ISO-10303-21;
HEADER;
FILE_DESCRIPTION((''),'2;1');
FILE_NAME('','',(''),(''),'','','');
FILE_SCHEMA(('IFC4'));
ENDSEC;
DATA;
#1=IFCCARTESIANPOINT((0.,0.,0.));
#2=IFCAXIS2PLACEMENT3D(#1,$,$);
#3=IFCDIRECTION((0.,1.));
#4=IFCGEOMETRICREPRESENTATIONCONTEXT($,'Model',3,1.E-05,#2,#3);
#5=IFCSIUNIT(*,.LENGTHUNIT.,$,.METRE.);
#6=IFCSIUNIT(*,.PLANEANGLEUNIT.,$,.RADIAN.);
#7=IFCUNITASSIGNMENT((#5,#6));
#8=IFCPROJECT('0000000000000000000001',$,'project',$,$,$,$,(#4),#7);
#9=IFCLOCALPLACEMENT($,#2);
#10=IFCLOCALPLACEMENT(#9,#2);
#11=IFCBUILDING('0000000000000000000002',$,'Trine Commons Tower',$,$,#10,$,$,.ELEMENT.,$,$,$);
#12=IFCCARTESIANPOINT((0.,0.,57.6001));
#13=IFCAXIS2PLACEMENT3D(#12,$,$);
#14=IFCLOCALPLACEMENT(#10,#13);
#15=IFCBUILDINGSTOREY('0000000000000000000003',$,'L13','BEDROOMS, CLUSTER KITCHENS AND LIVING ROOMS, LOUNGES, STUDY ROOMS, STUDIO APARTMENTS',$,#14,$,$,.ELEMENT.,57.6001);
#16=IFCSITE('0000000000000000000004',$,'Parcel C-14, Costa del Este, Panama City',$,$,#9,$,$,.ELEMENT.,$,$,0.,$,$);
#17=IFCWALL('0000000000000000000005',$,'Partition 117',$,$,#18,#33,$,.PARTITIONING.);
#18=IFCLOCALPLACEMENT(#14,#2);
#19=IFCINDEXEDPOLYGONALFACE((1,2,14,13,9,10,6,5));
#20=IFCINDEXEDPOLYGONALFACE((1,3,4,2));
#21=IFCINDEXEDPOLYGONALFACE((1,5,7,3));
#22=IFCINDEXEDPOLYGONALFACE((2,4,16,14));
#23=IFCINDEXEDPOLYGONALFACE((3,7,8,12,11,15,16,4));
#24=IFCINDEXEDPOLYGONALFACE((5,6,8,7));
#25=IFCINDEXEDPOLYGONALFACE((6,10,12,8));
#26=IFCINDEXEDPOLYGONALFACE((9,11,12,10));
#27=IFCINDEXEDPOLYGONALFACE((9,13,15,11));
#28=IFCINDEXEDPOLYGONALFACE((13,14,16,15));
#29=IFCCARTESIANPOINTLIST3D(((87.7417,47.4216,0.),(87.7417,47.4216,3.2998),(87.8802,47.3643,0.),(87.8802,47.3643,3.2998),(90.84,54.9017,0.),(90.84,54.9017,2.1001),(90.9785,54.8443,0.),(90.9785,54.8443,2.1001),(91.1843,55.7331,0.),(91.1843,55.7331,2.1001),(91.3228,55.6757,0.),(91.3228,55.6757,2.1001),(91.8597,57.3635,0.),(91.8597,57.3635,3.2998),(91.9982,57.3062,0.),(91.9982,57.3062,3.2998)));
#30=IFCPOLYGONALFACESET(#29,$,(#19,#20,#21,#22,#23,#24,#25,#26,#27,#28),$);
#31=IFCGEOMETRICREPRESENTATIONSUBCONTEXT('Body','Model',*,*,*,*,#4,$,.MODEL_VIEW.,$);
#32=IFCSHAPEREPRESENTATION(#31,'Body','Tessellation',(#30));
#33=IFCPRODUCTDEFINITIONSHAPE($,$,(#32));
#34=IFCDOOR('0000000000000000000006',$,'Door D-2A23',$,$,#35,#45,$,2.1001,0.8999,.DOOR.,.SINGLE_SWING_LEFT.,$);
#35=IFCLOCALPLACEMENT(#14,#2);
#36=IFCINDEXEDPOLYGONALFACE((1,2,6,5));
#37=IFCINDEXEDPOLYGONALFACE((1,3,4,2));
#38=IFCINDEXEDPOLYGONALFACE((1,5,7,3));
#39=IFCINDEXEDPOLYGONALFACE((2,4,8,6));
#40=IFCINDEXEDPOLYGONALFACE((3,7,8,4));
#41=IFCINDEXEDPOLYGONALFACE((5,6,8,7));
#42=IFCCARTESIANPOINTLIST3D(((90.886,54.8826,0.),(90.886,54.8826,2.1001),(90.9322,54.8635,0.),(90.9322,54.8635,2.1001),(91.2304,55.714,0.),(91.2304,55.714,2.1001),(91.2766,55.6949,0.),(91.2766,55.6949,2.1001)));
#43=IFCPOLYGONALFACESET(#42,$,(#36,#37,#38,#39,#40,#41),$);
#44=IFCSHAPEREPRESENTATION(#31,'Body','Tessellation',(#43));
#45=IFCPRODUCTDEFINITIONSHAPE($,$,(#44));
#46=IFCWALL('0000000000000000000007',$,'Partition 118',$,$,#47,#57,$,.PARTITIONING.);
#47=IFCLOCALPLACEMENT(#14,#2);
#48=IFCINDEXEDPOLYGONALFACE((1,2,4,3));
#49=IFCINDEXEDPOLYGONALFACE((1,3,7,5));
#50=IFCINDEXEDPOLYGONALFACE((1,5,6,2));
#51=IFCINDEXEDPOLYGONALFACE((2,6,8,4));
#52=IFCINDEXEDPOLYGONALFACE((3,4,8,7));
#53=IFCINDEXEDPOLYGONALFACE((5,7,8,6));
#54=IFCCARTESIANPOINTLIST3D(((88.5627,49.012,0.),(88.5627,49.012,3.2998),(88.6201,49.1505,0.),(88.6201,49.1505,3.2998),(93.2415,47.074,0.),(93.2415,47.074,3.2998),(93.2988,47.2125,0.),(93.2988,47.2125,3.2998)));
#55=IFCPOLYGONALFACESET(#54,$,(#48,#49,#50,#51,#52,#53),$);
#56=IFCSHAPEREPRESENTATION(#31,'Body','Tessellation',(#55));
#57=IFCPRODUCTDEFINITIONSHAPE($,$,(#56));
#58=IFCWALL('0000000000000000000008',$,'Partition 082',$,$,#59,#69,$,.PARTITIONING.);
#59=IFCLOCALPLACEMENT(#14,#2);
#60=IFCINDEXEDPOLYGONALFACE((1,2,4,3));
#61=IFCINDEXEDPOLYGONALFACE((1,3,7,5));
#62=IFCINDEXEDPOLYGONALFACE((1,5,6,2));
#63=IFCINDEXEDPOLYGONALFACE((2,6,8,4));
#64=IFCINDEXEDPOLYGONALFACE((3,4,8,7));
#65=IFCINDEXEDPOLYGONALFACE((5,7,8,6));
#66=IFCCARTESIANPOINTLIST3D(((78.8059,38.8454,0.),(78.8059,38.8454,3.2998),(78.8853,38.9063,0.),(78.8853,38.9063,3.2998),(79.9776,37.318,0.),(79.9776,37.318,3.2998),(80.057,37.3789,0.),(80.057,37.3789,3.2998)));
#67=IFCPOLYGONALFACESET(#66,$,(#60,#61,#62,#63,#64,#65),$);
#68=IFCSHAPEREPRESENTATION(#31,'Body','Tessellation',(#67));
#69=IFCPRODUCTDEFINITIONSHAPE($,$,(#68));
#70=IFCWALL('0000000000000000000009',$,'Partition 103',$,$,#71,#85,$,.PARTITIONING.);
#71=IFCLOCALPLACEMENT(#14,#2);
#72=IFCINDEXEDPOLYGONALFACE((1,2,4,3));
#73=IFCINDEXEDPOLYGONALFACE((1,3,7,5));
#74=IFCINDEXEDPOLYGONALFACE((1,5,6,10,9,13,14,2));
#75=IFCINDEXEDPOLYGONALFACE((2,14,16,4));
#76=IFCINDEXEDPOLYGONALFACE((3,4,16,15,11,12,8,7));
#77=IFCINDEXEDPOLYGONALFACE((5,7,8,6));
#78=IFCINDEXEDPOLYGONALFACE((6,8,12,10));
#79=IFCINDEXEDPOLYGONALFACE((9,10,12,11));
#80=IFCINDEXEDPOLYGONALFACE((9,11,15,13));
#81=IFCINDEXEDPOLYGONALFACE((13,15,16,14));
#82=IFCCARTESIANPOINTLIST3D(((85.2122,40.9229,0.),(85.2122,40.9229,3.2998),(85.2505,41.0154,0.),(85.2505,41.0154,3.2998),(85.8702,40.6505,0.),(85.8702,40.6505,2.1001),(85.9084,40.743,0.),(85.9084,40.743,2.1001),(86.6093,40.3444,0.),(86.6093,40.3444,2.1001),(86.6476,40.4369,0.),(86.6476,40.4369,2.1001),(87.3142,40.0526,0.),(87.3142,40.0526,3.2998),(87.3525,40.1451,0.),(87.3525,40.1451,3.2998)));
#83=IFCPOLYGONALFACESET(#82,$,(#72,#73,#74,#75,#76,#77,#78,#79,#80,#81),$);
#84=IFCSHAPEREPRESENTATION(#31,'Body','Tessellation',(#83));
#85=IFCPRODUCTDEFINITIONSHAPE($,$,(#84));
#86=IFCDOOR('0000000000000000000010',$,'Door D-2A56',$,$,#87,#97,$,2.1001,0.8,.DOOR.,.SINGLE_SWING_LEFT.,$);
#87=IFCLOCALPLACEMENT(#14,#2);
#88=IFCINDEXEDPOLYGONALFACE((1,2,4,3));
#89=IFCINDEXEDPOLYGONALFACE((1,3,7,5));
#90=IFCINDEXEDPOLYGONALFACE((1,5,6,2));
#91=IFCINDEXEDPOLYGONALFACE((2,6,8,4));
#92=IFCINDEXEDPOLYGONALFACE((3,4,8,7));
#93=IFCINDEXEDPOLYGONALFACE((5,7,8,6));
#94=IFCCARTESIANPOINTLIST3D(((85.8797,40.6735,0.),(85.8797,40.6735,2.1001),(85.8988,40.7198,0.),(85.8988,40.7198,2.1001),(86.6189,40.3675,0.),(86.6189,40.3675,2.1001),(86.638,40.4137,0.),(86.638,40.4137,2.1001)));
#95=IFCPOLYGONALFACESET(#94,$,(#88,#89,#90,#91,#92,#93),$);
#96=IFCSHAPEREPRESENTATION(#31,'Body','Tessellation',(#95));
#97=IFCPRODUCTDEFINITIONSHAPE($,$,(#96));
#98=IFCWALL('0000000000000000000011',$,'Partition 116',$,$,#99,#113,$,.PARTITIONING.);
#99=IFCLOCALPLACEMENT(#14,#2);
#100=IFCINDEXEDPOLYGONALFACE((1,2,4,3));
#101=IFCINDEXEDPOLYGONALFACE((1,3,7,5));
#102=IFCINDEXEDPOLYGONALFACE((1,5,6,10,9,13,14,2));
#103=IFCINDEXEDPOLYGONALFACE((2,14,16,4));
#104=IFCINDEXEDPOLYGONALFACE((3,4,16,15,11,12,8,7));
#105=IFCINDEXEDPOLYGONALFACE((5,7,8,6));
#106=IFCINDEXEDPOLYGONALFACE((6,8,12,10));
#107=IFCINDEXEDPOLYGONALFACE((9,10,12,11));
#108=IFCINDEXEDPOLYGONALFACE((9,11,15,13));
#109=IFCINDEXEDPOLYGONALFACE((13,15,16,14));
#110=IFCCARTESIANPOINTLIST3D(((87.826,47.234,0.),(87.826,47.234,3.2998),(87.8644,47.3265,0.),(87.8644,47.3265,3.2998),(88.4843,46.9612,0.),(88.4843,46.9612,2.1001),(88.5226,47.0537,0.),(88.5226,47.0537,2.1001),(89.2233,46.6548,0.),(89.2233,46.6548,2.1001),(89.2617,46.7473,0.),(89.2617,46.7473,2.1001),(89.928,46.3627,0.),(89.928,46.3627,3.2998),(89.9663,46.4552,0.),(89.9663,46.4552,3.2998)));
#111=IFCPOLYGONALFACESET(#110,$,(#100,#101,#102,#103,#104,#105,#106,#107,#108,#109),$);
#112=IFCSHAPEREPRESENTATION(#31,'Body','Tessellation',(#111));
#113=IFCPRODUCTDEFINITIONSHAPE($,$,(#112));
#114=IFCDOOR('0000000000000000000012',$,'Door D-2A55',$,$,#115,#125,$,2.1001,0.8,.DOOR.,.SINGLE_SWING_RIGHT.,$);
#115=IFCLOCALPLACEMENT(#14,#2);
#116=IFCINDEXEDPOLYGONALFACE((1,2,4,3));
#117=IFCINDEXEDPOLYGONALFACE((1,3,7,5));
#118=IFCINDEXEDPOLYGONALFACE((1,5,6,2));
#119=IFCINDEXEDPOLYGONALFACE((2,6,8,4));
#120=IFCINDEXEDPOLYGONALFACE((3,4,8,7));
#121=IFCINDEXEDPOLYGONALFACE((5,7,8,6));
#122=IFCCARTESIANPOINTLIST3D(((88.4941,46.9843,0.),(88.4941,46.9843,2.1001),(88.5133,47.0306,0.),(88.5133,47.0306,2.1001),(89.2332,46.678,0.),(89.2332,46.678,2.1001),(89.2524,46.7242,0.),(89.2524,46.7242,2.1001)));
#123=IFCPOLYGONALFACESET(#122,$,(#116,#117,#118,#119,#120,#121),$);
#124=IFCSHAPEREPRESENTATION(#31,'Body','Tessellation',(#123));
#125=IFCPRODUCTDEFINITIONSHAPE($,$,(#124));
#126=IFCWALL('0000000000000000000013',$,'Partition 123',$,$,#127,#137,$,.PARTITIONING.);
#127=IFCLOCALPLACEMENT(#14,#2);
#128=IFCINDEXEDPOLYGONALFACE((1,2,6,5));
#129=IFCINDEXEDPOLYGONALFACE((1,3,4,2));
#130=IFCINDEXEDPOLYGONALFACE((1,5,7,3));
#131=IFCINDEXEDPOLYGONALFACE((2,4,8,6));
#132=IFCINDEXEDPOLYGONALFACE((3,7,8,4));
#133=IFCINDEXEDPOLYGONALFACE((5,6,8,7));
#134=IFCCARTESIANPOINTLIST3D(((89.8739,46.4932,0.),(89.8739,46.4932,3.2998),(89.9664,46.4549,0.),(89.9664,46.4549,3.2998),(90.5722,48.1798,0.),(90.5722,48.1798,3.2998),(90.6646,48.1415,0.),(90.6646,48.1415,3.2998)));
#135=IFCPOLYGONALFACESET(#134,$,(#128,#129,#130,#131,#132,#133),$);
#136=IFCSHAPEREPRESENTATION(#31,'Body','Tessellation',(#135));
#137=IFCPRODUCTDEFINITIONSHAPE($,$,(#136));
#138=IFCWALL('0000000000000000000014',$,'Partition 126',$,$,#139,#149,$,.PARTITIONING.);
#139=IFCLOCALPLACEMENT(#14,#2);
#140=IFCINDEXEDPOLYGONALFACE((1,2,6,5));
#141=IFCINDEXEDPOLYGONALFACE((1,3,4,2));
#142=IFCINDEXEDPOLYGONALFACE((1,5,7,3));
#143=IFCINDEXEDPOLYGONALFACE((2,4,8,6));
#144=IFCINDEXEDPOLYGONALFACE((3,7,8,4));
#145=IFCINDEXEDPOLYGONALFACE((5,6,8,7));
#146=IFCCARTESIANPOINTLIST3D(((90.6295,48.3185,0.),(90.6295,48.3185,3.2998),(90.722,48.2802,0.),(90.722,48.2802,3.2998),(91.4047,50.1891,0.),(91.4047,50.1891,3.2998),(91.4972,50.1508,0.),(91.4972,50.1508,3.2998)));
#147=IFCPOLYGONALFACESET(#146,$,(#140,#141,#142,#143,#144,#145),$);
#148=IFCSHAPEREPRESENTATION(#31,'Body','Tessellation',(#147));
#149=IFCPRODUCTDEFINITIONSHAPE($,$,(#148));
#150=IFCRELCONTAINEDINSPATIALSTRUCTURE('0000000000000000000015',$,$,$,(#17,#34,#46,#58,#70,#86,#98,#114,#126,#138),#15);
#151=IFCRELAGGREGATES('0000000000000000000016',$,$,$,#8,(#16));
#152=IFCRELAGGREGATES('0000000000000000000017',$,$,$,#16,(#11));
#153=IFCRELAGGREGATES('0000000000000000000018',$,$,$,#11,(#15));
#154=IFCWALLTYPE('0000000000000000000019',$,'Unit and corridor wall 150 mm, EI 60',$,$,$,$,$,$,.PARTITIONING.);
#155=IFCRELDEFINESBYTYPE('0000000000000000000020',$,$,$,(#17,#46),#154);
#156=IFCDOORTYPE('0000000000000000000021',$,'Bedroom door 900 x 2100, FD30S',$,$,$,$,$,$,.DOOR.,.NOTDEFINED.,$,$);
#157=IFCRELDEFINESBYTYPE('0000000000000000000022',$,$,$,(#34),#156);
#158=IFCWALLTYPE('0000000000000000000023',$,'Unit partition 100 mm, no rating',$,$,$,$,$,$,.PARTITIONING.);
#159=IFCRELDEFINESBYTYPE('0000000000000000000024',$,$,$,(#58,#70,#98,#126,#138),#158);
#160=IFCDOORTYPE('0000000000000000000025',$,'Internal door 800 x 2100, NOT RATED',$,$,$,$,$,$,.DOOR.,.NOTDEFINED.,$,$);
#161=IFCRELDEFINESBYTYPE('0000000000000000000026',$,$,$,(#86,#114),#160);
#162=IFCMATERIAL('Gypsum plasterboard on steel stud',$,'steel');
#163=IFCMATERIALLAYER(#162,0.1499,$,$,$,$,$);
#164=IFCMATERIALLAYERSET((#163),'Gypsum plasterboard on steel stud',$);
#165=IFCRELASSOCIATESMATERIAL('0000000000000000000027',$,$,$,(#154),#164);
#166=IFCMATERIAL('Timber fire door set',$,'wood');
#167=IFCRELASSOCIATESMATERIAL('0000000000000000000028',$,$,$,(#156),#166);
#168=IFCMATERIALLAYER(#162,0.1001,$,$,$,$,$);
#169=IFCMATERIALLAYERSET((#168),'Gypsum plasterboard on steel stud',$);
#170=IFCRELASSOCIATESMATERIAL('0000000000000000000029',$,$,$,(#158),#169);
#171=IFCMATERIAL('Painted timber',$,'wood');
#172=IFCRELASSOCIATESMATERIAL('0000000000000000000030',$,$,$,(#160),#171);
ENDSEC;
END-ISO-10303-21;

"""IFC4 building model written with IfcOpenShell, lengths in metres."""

from ifc_helpers import new_model, si_unit, direction, frame, frame_2d, origin, place, context, subcontext, project, spatial, rectangle, extrude, material, layer, layer_set, type_object, element, fill, save


model = new_model("IFC4")

# Units and contexts
model_context = context("Model", 3, precision=1e-05, world=origin(), true_north=direction((0.0, 1.0)))
body_context = subcontext(model_context, "Body", "Model", "MODEL_VIEW")
ifc_project = project(units=[si_unit("LENGTHUNIT", "METRE"), si_unit("PLANEANGLEUNIT", "RADIAN")], contexts=[model_context])

# Site, building, storey
site_placement = place(None, origin())
site = spatial("IfcSite", under=ifc_project, at=site_placement, Name="Parcel C-14, Costa del Este, Panama City", CompositionType="ELEMENT", RefElevation=0.0)
building_placement = place(site_placement, origin())
building = spatial("IfcBuilding", under=site, at=building_placement, Name="Trine Commons Tower", CompositionType="ELEMENT")
storey_placement = place(building_placement, frame((0.0, 0.0, 57.6001)))
storey = spatial("IfcBuildingStorey", under=building, at=storey_placement, Name="L13", Description="BEDROOMS, CLUSTER KITCHENS AND LIVING ROOMS, LOUNGES, STUDY ROOMS, STUDIO APARTMENTS", CompositionType="ELEMENT", Elevation=57.6001)

# Shared definitions
ifc_material_1 = material(Name="Gypsum plasterboard on steel stud", Category="steel")
ifc_layer_1 = layer(ifc_material_1, 0.1499)
ifc_layer_set_1 = layer_set([ifc_layer_1], Name="Gypsum plasterboard on steel stud")
wall_type_1 = type_object("IfcWallType", Name="Unit and corridor wall 150 mm, EI 60", PredefinedType="PARTITIONING", material=ifc_layer_set_1)
ifc_material_2 = material(Name="Timber fire door set", Category="wood")

# Shared definitions
ifc_material_3 = material(Name="Painted timber", Category="wood")

# Shared definitions
door_type_1 = type_object("IfcDoorType", Name="Bedroom door 900 x 2100, FD30S", OperationType="NOTDEFINED", PredefinedType="DOOR", material=ifc_material_2)

# Wall, opening, door
wall_1_placement = place(storey_placement, frame((87.811, 47.3931, 0.0), z_axis=(0.0, 0.0, 1.0), x_axis=(0.382672, 0.923884, 0.0)))
wall_1 = element("IfcWall", 1, at=wall_1_placement, inside=storey, type_object=wall_type_1, Name="Partition 117", PredefinedType="PARTITIONING", context=body_context, shape_type="SweptSolid", body=[
    extrude(rectangle(XDim=10.761, YDim=0.1499, at=frame_2d((5.3804, 0.0))), origin(), (0.0, 0.0, 1.0), 3.2998),
])
opening_1_placement = place(wall_1_placement, frame((8.0962, 0.0, 0.0)))
opening_1 = element("IfcOpeningElement", 2, at=opening_1_placement, cuts=wall_1, PredefinedType="OPENING", context=body_context, shape_type="SweptSolid", body=[
    extrude(rectangle(XDim=0.8999, YDim=2.1001, at=frame_2d((0.45, 1.05))), frame((0.0, 0.085, 0.0), z_axis=(0.0, -1.0, 0.0), x_axis=(1.0, 0.0, 0.0)), (0.0, 0.0, 1.0), 0.1699),
])
door_1_placement = place(opening_1_placement, frame((0.8999, 0.0, 0.0), z_axis=(0.0, 0.0, 1.0), x_axis=(-1.0, 0.0, 0.0)))
door_1 = element("IfcDoor", 3, at=door_1_placement, inside=storey, type_object=door_type_1, Name="Door D-2A23", OperationType="SINGLE_SWING_LEFT", OverallHeight=2.1001, OverallWidth=0.8999, PredefinedType="DOOR", context=body_context, shape_type="SweptSolid", body=[
    extrude(rectangle(XDim=0.8999, YDim=2.1001, at=frame_2d((0.45, 1.05))), frame((0.0, 0.0249, 0.0), z_axis=(0.0, -1.0, 0.0), x_axis=(1.0, 0.0, 0.0)), (0.0, 0.0, 1.0), 0.05),
])
fill(opening_1, door_1)

# Walls
wall_2_placement = place(storey_placement, frame((88.5913, 49.0813, 0.0), z_axis=(0.0, 0.0, 1.0), x_axis=(0.923879, -0.382684, 0.0)))
element("IfcWall", 4, at=wall_2_placement, inside=storey, type_object=wall_type_1, Name="Partition 118", PredefinedType="PARTITIONING", context=body_context, shape_type="SweptSolid", body=[
    extrude(rectangle(XDim=5.0642, YDim=0.1499, at=frame_2d((2.5322, 0.0))), origin(), (0.0, 0.0, 1.0), 3.2998),
])
ifc_layer_2 = layer(ifc_material_1, 0.1001)
ifc_layer_set_2 = layer_set([ifc_layer_2], Name="Gypsum plasterboard on steel stud")
wall_type_2 = type_object("IfcWallType", Name="Unit partition 100 mm, no rating", PredefinedType="PARTITIONING", material=ifc_layer_set_2)
wall_3_placement = place(storey_placement, frame((78.8457, 38.8757, 0.0), z_axis=(0.0, 0.0, 1.0), x_axis=(0.60865, -0.793439, 0.0)))
element("IfcWall", 5, at=wall_3_placement, inside=storey, type_object=wall_type_2, Name="Partition 082", PredefinedType="PARTITIONING", context=body_context, shape_type="SweptSolid", body=[
    extrude(rectangle(XDim=1.925, YDim=0.1001, at=frame_2d((0.9624, 0.0))), origin(), (0.0, 0.0, 1.0), 3.2998),
])

# Walls, openings, doors
wall_4_placement = place(storey_placement, frame((85.2312, 40.9692, 0.0), z_axis=(0.0, 0.0, 1.0), x_axis=(0.923932, -0.382557, 0.0)))
wall_4 = element("IfcWall", 6, at=wall_4_placement, inside=storey, type_object=wall_type_2, Name="Partition 103", PredefinedType="PARTITIONING", context=body_context, shape_type="SweptSolid", body=[
    extrude(rectangle(XDim=2.2751, YDim=0.1001, at=frame_2d((1.1377, 0.0))), origin(), (0.0, 0.0, 1.0), 3.2998),
])
opening_2_placement = place(wall_4_placement, frame((0.7124, 0.0, 0.0)))
opening_2 = element("IfcOpeningElement", 7, at=opening_2_placement, cuts=wall_4, PredefinedType="OPENING", context=body_context, shape_type="SweptSolid", body=[
    extrude(rectangle(XDim=0.8, YDim=2.1001, at=frame_2d((0.3999, 1.05))), frame((0.0, 0.0601, 0.0), z_axis=(0.0, -1.0, 0.0), x_axis=(1.0, 0.0, 0.0)), (0.0, 0.0, 1.0), 0.1201),
])
door_type_2 = type_object("IfcDoorType", Name="Internal door 800 x 2100, NOT RATED", OperationType="NOTDEFINED", PredefinedType="DOOR", material=ifc_material_3)
door_2_placement = place(opening_2_placement, origin())
door_2 = element("IfcDoor", 8, at=door_2_placement, inside=storey, type_object=door_type_2, Name="Door D-2A56", OperationType="SINGLE_SWING_LEFT", OverallHeight=2.1001, OverallWidth=0.8, PredefinedType="DOOR", context=body_context, shape_type="SweptSolid", body=[
    extrude(rectangle(XDim=0.8, YDim=2.1001, at=frame_2d((0.3999, 1.05))), frame((0.0, 0.0249, 0.0), z_axis=(0.0, -1.0, 0.0), x_axis=(1.0, 0.0, 0.0)), (0.0, 0.0, 1.0), 0.05),
])
fill(opening_2, door_2)
wall_5_placement = place(storey_placement, frame((87.8452, 47.2803, 0.0), z_axis=(0.0, 0.0, 1.0), x_axis=(0.92378, -0.382923, 0.0)))
wall_5 = element("IfcWall", 9, at=wall_5_placement, inside=storey, type_object=wall_type_2, Name="Partition 116", PredefinedType="PARTITIONING", context=body_context, shape_type="SweptSolid", body=[
    extrude(rectangle(XDim=2.2754, YDim=0.1001, at=frame_2d((1.1377, 0.0))), origin(), (0.0, 0.0, 1.0), 3.2998),
])
opening_3_placement = place(wall_5_placement, frame((0.7126, 0.0, 0.0)))
opening_3 = element("IfcOpeningElement", 10, at=opening_3_placement, cuts=wall_5, PredefinedType="OPENING", context=body_context, shape_type="SweptSolid", body=[
    extrude(rectangle(XDim=0.8, YDim=2.1001, at=frame_2d((0.3999, 1.05))), frame((0.0, 0.0601, 0.0), z_axis=(0.0, -1.0, 0.0), x_axis=(1.0, 0.0, 0.0)), (0.0, 0.0, 1.0), 0.1201),
])
door_3_placement = place(opening_3_placement, frame((0.8, 0.0, 0.0), z_axis=(0.0, 0.0, 1.0), x_axis=(-1.0, 0.0, 0.0)))
door_3 = element("IfcDoor", 11, at=door_3_placement, inside=storey, type_object=door_type_2, Name="Door D-2A55", OperationType="SINGLE_SWING_RIGHT", OverallHeight=2.1001, OverallWidth=0.8, PredefinedType="DOOR", context=body_context, shape_type="SweptSolid", body=[
    extrude(rectangle(XDim=0.8, YDim=2.1001, at=frame_2d((0.3999, 1.05))), frame((0.0, 0.0249, 0.0), z_axis=(0.0, -1.0, 0.0), x_axis=(1.0, 0.0, 0.0)), (0.0, 0.0, 1.0), 0.05),
])
fill(opening_3, door_3)

# Walls
wall_6_placement = place(storey_placement, frame((89.9202, 46.4741, 0.0), z_axis=(0.0, 0.0, 1.0), x_axis=(0.382525, 0.923945, 0.0)))
element("IfcWall", 12, at=wall_6_placement, inside=storey, type_object=wall_type_2, Name="Partition 123", PredefinedType="PARTITIONING", context=body_context, shape_type="SweptSolid", body=[
    extrude(rectangle(XDim=1.8254, YDim=0.1001, at=frame_2d((0.9126, 0.0))), origin(), (0.0, 0.0, 1.0), 3.2998),
])
wall_7_placement = place(storey_placement, frame((90.6758, 48.2993, 0.0), z_axis=(0.0, 0.0, 1.0), x_axis=(0.382817, 0.923824, 0.0)))
element("IfcWall", 13, at=wall_7_placement, inside=storey, type_object=wall_type_2, Name="Partition 126", PredefinedType="PARTITIONING", context=body_context, shape_type="SweptSolid", body=[
    extrude(rectangle(XDim=2.0249, YDim=0.1001, at=frame_2d((1.0125, 0.0))), origin(), (0.0, 0.0, 1.0), 3.2998),
])

save(model, "model.ifc")
